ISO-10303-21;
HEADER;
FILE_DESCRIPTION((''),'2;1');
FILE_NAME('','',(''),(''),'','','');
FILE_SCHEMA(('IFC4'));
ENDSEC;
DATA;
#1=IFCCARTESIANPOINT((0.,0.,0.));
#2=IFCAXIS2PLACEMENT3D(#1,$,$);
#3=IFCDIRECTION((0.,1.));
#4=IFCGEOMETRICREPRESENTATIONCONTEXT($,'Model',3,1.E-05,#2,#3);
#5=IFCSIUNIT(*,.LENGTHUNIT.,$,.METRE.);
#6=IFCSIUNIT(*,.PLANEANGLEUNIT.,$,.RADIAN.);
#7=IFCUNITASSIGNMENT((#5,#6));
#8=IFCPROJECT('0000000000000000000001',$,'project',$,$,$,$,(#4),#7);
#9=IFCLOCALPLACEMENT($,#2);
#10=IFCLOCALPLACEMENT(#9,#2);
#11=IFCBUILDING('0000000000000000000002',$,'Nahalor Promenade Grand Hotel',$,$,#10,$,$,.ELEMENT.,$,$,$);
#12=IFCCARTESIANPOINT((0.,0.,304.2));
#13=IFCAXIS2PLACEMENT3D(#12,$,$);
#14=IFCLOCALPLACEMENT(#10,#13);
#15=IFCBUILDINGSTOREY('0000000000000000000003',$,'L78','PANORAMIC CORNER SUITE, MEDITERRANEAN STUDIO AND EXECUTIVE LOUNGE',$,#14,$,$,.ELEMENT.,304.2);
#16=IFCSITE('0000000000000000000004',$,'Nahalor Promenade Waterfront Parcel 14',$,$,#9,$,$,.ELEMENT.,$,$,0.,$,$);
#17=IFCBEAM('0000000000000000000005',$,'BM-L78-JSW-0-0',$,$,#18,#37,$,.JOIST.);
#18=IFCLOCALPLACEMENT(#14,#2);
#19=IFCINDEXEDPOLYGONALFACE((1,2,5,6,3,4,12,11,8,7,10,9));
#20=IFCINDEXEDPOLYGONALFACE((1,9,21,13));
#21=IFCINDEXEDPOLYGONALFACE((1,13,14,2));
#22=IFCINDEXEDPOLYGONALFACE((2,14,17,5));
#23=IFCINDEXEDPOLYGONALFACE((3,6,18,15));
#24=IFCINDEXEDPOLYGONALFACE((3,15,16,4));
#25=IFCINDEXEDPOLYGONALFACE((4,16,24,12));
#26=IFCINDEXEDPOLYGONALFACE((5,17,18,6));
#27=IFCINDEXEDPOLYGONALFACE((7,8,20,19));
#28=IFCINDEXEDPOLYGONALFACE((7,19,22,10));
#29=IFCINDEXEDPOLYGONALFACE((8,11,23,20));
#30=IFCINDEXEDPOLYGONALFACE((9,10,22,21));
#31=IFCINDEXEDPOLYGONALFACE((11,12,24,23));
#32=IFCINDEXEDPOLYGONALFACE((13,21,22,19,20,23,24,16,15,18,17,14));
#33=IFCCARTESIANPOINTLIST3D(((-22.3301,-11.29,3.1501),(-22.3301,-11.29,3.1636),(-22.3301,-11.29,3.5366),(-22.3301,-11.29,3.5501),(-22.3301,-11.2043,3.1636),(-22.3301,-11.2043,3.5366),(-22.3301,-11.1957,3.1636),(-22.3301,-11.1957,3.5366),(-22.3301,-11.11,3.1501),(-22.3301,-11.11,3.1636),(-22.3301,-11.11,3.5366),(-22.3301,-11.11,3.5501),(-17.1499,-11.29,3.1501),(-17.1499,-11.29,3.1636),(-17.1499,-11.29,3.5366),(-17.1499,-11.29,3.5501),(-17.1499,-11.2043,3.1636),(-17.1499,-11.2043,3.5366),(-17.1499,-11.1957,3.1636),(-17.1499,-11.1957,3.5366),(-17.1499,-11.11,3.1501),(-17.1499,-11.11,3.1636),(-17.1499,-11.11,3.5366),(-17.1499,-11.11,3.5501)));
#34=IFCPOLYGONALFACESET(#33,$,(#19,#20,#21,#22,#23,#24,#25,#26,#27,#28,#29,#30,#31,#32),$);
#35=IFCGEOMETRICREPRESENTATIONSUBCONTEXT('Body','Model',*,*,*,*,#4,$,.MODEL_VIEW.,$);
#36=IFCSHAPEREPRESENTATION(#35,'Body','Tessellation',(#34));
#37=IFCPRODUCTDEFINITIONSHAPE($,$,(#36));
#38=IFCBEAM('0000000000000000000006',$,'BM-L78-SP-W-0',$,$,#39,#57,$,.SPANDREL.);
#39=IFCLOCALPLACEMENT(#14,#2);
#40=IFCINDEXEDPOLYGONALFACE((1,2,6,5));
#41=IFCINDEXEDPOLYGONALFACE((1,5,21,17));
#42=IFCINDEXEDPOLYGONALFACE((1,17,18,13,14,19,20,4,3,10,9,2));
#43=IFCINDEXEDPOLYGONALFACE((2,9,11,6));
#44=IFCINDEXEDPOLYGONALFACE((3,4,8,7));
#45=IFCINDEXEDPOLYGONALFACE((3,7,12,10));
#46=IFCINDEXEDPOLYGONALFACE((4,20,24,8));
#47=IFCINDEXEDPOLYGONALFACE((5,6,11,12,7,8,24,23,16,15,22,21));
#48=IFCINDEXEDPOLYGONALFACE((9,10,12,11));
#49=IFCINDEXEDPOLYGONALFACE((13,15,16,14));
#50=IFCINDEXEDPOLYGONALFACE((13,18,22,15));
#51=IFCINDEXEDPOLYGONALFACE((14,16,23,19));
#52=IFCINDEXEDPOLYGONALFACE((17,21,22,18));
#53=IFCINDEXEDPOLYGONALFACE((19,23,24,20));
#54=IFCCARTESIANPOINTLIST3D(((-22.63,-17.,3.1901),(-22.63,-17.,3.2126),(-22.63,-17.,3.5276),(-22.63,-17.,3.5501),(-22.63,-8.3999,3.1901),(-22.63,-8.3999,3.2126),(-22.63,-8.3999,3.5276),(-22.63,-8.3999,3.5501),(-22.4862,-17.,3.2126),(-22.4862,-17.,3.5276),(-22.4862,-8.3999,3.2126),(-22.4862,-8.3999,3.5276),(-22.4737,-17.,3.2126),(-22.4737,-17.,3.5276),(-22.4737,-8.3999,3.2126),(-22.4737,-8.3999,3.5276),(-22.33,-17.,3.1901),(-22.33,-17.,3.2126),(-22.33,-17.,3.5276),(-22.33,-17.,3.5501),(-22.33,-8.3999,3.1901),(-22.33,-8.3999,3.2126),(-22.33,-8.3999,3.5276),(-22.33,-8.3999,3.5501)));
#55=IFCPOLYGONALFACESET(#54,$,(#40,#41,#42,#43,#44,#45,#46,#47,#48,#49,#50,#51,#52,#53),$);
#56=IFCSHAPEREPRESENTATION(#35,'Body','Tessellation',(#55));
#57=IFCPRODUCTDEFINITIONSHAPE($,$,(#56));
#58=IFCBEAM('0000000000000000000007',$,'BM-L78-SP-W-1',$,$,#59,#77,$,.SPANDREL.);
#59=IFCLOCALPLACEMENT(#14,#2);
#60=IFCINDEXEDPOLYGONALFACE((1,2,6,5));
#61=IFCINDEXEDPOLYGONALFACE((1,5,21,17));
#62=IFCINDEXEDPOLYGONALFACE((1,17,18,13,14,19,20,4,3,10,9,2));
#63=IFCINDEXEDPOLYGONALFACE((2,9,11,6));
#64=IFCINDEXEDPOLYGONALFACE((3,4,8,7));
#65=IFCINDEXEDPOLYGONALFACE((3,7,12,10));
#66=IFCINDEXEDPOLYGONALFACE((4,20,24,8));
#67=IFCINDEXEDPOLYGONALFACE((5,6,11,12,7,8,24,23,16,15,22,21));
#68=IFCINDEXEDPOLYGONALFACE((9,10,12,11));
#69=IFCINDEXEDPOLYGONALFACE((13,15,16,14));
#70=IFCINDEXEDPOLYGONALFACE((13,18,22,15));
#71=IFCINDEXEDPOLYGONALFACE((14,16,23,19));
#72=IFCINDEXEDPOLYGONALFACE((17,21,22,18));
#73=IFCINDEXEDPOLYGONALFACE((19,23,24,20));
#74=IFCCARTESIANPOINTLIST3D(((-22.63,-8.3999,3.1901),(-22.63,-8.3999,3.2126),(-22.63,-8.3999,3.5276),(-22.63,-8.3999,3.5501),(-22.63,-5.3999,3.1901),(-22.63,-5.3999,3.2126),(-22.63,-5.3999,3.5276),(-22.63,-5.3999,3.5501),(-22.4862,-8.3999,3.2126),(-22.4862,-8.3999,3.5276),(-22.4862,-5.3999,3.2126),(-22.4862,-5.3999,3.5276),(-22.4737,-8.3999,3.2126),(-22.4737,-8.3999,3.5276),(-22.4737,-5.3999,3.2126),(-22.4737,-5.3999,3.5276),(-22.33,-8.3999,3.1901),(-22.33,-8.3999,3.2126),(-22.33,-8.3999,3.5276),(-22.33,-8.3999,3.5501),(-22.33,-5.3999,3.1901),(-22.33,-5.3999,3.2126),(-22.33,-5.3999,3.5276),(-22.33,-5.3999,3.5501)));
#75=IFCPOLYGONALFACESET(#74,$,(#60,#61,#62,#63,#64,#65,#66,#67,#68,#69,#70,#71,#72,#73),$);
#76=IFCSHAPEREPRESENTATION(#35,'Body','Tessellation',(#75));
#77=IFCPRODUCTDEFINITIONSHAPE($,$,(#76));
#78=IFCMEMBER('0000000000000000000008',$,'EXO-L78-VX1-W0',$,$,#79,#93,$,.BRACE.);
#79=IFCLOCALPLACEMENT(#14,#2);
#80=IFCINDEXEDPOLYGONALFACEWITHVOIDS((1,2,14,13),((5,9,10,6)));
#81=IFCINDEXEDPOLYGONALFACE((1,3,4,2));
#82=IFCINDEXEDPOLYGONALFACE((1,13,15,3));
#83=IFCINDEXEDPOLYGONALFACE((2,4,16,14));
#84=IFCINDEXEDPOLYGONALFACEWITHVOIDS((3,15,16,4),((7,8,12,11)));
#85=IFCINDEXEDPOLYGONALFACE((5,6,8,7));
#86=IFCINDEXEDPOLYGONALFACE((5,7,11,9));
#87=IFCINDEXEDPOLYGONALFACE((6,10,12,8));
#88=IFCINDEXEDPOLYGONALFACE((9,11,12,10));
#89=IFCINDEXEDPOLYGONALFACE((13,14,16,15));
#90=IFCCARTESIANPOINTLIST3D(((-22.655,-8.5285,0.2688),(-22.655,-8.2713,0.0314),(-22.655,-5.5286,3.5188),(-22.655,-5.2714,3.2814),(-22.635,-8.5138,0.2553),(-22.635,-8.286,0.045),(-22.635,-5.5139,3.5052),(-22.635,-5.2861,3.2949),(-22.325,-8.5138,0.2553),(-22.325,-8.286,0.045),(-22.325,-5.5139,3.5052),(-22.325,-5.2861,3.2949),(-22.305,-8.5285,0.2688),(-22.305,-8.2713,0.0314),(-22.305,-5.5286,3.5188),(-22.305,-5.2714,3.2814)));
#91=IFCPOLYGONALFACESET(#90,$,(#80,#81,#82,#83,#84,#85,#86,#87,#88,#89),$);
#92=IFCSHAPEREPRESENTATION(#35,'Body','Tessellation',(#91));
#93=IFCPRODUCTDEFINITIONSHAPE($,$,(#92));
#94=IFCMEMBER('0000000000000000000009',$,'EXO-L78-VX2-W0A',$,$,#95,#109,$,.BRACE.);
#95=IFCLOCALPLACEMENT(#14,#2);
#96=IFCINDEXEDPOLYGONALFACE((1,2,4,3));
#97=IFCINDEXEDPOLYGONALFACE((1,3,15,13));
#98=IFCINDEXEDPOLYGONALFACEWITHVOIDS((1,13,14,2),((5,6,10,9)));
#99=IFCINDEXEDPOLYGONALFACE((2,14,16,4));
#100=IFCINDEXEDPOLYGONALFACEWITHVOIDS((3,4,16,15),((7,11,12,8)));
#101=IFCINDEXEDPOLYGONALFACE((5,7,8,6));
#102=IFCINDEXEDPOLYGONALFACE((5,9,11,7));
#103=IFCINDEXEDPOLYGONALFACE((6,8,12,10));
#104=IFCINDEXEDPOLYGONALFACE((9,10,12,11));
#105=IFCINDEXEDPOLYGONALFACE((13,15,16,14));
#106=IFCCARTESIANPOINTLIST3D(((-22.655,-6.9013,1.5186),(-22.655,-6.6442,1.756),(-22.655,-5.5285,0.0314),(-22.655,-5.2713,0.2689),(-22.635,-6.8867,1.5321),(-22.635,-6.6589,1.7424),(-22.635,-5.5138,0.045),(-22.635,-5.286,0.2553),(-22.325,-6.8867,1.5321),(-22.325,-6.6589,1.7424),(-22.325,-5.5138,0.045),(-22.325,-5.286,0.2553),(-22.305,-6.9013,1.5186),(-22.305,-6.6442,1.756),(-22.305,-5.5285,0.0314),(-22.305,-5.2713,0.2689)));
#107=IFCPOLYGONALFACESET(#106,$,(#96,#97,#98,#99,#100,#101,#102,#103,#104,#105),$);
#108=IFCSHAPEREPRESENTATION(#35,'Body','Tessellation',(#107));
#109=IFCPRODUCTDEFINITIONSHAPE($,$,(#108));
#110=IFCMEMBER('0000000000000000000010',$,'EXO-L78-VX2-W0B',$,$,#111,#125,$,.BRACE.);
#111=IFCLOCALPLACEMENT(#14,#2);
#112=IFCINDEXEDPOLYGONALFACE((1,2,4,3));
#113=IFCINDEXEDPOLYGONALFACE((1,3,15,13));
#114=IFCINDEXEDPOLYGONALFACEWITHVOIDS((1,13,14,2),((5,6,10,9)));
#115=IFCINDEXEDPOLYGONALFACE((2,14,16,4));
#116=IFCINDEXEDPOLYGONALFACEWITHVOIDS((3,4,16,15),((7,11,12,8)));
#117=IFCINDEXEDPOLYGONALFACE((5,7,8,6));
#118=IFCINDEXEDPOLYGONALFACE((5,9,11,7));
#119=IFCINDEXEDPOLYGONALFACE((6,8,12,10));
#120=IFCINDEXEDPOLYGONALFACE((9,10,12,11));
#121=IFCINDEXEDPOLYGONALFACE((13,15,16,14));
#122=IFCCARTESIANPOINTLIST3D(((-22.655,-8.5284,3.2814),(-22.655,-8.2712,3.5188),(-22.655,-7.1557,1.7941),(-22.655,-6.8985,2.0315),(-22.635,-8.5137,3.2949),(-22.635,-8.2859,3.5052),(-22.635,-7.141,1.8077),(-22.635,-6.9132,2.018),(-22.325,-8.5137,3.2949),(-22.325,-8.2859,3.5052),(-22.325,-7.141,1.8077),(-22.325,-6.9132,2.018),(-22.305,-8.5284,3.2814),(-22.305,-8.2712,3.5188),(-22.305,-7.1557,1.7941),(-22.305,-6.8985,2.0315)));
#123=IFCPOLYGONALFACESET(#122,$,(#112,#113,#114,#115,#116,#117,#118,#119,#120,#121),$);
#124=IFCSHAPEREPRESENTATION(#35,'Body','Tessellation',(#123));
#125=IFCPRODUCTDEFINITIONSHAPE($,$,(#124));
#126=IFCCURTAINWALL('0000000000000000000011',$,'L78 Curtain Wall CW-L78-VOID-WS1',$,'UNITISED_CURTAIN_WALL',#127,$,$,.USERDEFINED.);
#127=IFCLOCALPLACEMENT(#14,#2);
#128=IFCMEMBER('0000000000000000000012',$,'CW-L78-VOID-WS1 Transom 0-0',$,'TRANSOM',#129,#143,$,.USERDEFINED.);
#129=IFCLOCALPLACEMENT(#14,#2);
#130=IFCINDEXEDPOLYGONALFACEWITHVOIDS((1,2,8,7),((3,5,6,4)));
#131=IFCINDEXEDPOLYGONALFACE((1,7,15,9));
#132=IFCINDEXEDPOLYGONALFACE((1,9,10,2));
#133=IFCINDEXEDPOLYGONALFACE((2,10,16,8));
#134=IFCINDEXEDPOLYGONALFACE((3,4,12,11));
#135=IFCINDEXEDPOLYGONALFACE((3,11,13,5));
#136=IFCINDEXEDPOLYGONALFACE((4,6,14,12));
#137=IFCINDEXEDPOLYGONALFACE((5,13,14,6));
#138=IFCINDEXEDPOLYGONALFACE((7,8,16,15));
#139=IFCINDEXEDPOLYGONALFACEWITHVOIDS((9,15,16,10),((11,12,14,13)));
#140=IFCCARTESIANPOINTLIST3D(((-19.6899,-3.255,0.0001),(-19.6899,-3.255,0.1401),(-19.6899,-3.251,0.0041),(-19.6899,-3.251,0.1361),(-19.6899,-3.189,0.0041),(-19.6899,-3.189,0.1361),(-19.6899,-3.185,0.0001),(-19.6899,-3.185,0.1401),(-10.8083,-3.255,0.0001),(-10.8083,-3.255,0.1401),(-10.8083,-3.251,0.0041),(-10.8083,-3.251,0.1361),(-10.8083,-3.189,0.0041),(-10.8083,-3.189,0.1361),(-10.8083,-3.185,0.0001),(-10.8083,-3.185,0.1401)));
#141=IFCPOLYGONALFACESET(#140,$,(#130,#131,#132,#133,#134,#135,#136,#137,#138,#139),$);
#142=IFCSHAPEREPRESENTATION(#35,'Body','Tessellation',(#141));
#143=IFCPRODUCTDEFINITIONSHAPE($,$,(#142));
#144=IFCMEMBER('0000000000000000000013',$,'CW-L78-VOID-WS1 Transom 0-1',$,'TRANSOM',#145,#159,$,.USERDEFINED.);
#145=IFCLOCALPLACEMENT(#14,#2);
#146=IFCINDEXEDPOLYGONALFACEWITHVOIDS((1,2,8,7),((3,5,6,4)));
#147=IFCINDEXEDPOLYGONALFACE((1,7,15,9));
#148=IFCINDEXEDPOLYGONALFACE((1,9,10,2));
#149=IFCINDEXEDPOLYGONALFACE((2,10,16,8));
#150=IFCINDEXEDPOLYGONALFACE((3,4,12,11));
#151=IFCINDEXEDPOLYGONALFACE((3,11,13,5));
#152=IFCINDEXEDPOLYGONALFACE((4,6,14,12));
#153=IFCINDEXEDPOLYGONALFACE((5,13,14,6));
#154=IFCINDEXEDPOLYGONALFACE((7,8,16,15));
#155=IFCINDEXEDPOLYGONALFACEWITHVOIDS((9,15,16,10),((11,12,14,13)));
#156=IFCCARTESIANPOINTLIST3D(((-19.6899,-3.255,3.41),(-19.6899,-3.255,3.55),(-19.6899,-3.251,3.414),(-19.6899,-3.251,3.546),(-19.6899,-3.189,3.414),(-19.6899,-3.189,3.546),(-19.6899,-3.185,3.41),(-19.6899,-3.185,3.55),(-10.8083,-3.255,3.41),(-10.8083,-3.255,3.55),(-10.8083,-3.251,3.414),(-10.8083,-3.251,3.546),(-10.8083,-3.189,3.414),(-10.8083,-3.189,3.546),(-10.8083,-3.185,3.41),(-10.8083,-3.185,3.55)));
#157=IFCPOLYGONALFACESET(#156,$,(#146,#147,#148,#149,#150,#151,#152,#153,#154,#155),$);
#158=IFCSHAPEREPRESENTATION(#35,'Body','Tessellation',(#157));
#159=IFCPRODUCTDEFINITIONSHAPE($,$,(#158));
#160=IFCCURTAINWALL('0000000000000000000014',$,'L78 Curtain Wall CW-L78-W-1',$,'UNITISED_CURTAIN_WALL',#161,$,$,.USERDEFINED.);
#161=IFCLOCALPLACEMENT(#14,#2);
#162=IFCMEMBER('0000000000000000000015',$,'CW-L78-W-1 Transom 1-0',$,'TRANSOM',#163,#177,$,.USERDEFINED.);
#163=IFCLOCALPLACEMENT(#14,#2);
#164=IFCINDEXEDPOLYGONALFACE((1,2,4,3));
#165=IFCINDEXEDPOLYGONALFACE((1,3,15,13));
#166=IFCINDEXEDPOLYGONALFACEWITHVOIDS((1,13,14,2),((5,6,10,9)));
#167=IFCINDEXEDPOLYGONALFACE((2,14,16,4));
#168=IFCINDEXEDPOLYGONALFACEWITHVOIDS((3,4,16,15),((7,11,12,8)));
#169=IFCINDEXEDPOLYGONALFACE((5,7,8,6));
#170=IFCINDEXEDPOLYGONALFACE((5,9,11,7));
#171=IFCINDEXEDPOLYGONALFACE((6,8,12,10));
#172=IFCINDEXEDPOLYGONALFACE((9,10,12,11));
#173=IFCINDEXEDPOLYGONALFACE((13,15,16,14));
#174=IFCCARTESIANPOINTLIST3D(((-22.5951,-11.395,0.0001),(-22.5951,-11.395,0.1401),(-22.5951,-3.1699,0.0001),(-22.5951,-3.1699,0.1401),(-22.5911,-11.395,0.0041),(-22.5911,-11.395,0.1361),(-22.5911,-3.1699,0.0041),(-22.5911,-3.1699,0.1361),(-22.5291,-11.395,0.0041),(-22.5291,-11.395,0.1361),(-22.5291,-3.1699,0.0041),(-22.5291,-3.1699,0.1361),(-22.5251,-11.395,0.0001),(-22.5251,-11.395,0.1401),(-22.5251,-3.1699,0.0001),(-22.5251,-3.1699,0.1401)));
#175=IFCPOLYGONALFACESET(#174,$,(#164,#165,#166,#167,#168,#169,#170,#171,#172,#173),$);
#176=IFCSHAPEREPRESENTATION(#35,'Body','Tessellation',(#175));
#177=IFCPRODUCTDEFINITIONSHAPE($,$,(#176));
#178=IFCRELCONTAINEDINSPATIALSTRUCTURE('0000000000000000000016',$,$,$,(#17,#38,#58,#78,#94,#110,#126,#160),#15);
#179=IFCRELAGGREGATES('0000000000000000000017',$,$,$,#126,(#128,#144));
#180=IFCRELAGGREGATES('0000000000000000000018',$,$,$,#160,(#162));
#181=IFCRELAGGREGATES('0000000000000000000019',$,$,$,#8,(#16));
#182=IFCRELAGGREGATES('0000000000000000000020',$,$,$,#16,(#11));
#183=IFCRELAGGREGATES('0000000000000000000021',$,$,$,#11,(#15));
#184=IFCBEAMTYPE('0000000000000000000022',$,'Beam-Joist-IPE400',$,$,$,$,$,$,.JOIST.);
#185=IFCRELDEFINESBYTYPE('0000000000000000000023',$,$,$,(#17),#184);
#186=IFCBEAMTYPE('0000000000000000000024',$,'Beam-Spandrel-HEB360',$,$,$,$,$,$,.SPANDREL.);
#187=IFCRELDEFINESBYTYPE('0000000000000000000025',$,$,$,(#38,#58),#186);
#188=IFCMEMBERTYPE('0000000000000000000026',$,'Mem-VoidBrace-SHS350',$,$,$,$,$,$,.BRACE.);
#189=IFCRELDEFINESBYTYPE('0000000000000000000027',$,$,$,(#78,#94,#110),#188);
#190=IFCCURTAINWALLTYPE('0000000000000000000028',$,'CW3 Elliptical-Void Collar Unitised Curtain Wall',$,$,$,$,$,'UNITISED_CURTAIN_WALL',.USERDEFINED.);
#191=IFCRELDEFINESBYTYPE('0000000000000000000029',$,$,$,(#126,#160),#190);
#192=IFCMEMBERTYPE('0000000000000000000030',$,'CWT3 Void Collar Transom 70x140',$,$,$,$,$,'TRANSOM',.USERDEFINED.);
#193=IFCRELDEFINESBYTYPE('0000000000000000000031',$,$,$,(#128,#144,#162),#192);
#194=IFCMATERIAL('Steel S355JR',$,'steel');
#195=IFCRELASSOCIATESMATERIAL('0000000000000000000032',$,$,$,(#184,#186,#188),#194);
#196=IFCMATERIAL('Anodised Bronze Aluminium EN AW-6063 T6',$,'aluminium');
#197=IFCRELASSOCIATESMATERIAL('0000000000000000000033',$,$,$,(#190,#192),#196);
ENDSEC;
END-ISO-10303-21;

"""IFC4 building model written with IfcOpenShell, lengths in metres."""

from ifc_helpers import new_model, si_unit, direction, frame, origin, origin_2d, place, context, subcontext, project, spatial, hollow_rectangle, i_section, extrude, source, transform, mapped, material, material_profile, profile_set, type_object, element, aggregate, save


model = new_model("IFC4")

# Units and contexts
model_context = context("Model", 3, precision=1e-05, world=origin(), true_north=direction((0.0, 1.0)))
body_context = subcontext(model_context, "Body", "Model", "MODEL_VIEW")
ifc_project = project(units=[si_unit("LENGTHUNIT", "METRE"), si_unit("PLANEANGLEUNIT", "RADIAN")], contexts=[model_context])

# Site, building, storey
site_placement = place(None, origin())
site = spatial("IfcSite", under=ifc_project, at=site_placement, Name="Nahalor Promenade Waterfront Parcel 14", CompositionType="ELEMENT", RefElevation=0.0)
building_placement = place(site_placement, origin())
building = spatial("IfcBuilding", under=site, at=building_placement, Name="Nahalor Promenade Grand Hotel", CompositionType="ELEMENT")
storey_placement = place(building_placement, frame((0.0, 0.0, 304.2)))
storey = spatial("IfcBuildingStorey", under=building, at=storey_placement, Name="L78", Description="PANORAMIC CORNER SUITE, MEDITERRANEAN STUDIO AND EXECUTIVE LOUNGE", CompositionType="ELEMENT", Elevation=304.2)

# Shared definitions
ifc_material_1 = material(Name="Steel S355JR", Category="steel")

# Beams
ifc_material_profile_1 = material_profile(ifc_material_1, i_section(OverallWidth=0.18, OverallDepth=0.4, WebThickness=0.0086, FlangeThickness=0.0135, at=origin_2d()), Name="IPE 400")
ifc_profile_set_1 = profile_set([ifc_material_profile_1], Name="Steel S355JR")
beam_type_1 = type_object("IfcBeamType", Name="Beam-Joist-IPE400", PredefinedType="JOIST", material=ifc_profile_set_1)
shared_shape_1 = source(origin(), body_context, "Body", "SweptSolid", [
    extrude(i_section(OverallWidth=0.18, OverallDepth=0.4, WebThickness=0.0086, FlangeThickness=0.0135, at=origin_2d()), origin(), (0.0, 0.0, 1.0), 5.1802),
])
beam_1_placement = place(storey_placement, frame((-22.3301, -11.2, 3.3501), z_axis=(1.0, 0.0, 0.0), x_axis=(0.0, 1.0, 0.0)))
element("IfcBeam", 1, at=beam_1_placement, inside=storey, type_object=beam_type_1, Name="BM-L78-JSW-0-0", PredefinedType="JOIST", context=body_context, shape_type="MappedRepresentation", body=[
    mapped(shared_shape_1, transform((0.0, 0.0, 0.0), scale=1.0)),
])
ifc_material_profile_2 = material_profile(ifc_material_1, i_section(OverallWidth=0.3, OverallDepth=0.36, WebThickness=0.0125, FlangeThickness=0.0225, at=origin_2d()), Name="HEB 360")
ifc_profile_set_2 = profile_set([ifc_material_profile_2], Name="Steel S355JR")
beam_type_2 = type_object("IfcBeamType", Name="Beam-Spandrel-HEB360", PredefinedType="SPANDREL", material=ifc_profile_set_2)
shared_shape_2 = source(origin(), body_context, "Body", "SweptSolid", [
    extrude(i_section(OverallWidth=0.3, OverallDepth=0.36, WebThickness=0.0125, FlangeThickness=0.0225, at=origin_2d()), origin(), (0.0, 0.0, 1.0), 8.6001),
])
beam_2_placement = place(storey_placement, frame((-22.48, -17.0, 3.3701), z_axis=(0.0, 1.0, 0.0), x_axis=(-1.0, 0.0, 0.0)))
element("IfcBeam", 2, at=beam_2_placement, inside=storey, type_object=beam_type_2, Name="BM-L78-SP-W-0", PredefinedType="SPANDREL", context=body_context, shape_type="MappedRepresentation", body=[
    mapped(shared_shape_2, transform((0.0, 0.0, 0.0), scale=1.0)),
])
shared_shape_3 = source(origin(), body_context, "Body", "SweptSolid", [
    extrude(i_section(OverallWidth=0.3, OverallDepth=0.36, WebThickness=0.0125, FlangeThickness=0.0225, at=origin_2d()), origin(), (0.0, 0.0, 1.0), 3.0),
])
beam_3_placement = place(storey_placement, frame((-22.48, -8.3999, 3.3701), z_axis=(0.0, 1.0, 0.0), x_axis=(-1.0, 0.0, 0.0)))
element("IfcBeam", 3, at=beam_3_placement, inside=storey, type_object=beam_type_2, Name="BM-L78-SP-W-1", PredefinedType="SPANDREL", context=body_context, shape_type="MappedRepresentation", body=[
    mapped(shared_shape_3, transform((0.0, 0.0, 0.0), scale=1.0)),
])

# Members
ifc_material_profile_3 = material_profile(ifc_material_1, hollow_rectangle(XDim=0.35, YDim=0.35, WallThickness=0.02, at=origin_2d()), Name="SHS 350x350x20")
ifc_profile_set_3 = profile_set([ifc_material_profile_3], Name="Steel S355JR")
member_type_1 = type_object("IfcMemberType", Name="Mem-VoidBrace-SHS350", PredefinedType="BRACE", material=ifc_profile_set_3)
shared_shape_4 = source(origin(), body_context, "Body", "SweptSolid", [
    extrude(hollow_rectangle(XDim=0.35, YDim=0.35, WallThickness=0.02, at=origin_2d()), origin(), (0.0, 0.0, 1.0), 4.4229),
])
member_1_placement = place(storey_placement, frame((-22.48, -8.3999, 0.1501), z_axis=(0.0, 0.67828, 0.734803), x_axis=(-1.0, 0.0, 0.0)))
element("IfcMember", 4, at=member_1_placement, inside=storey, type_object=member_type_1, Name="EXO-L78-VX1-W0", PredefinedType="BRACE", context=body_context, shape_type="MappedRepresentation", body=[
    mapped(shared_shape_4, transform((0.0, 0.0, 0.0), scale=1.0)),
])
shared_shape_5 = source(origin(), body_context, "Body", "SweptSolid", [
    extrude(hollow_rectangle(XDim=0.35, YDim=0.35, WallThickness=0.02, at=origin_2d()), origin(), (0.0, 0.0, 1.0), 2.0239),
])
for number, where, z_axis, x_axis, name in (
    (5, (-22.48, -5.3999, 0.1501), (0.0, -0.678315, 0.734771), (1.0, 0.0, 0.0), "EXO-L78-VX2-W0A"),
    (6, (-22.48, -7.0271, 1.9128), (0.0, -0.678255, 0.734827), (1.0, 0.0, 0.0), "EXO-L78-VX2-W0B"),
):
    element("IfcMember", number, at=place(storey_placement, frame(where, z_axis=z_axis, x_axis=x_axis)), inside=storey, type_object=member_type_1, Name=name, PredefinedType="BRACE", context=body_context, shape_type="MappedRepresentation", body=[
        mapped(shared_shape_5, transform((0.0, 0.0, 0.0), scale=1.0)),
    ])

# Curtain walls, members
ifc_material_2 = material(Name="Anodised Bronze Aluminium EN AW-6063 T6", Category="aluminium")
curtain_wall_type = type_object("IfcCurtainWallType", Name="CW3 Elliptical-Void Collar Unitised Curtain Wall", ElementType="UNITISED_CURTAIN_WALL", PredefinedType="USERDEFINED", material=ifc_material_2)
curtain_wall_1_placement = place(storey_placement, origin())
curtain_wall_1 = element("IfcCurtainWall", 7, at=curtain_wall_1_placement, inside=storey, type_object=curtain_wall_type, Name="L78 Curtain Wall CW-L78-VOID-WS1", ObjectType="UNITISED_CURTAIN_WALL", PredefinedType="USERDEFINED")
ifc_material_profile_4 = material_profile(ifc_material_2, hollow_rectangle(XDim=0.07, YDim=0.14, WallThickness=0.004, at=origin_2d()), Name="CWT 70x140x4")
ifc_profile_set_4 = profile_set([ifc_material_profile_4], Name="Anodised Bronze Aluminium EN AW-6063 T6")
member_type_2 = type_object("IfcMemberType", Name="CWT3 Void Collar Transom 70x140", ElementType="TRANSOM", PredefinedType="USERDEFINED", material=ifc_profile_set_4)
shared_shape_6 = source(origin(), body_context, "Body", "SweptSolid", [
    extrude(hollow_rectangle(XDim=0.07, YDim=0.14, WallThickness=0.004, at=origin_2d()), origin(), (0.0, 0.0, 1.0), 8.8816),
])
member_2_placement = place(storey_placement, frame((-19.6899, -3.22, 0.0701), z_axis=(1.0, 0.0, 0.0), x_axis=(0.0, 1.0, 0.0)))
member_2 = element("IfcMember", 8, at=member_2_placement, type_object=member_type_2, Name="CW-L78-VOID-WS1 Transom 0-0", ObjectType="TRANSOM", PredefinedType="USERDEFINED", context=body_context, shape_type="MappedRepresentation", body=[
    mapped(shared_shape_6, transform((0.0, 0.0, 0.0), scale=1.0)),
])
member_3_placement = place(storey_placement, frame((-19.6899, -3.22, 3.48), z_axis=(1.0, 0.0, 0.0), x_axis=(0.0, 1.0, 0.0)))
member_3 = element("IfcMember", 9, at=member_3_placement, type_object=member_type_2, Name="CW-L78-VOID-WS1 Transom 0-1", ObjectType="TRANSOM", PredefinedType="USERDEFINED", context=body_context, shape_type="MappedRepresentation", body=[
    mapped(shared_shape_6, transform((0.0, 0.0, 0.0), scale=1.0)),
])
curtain_wall_2_placement = place(storey_placement, origin())
curtain_wall_2 = element("IfcCurtainWall", 10, at=curtain_wall_2_placement, inside=storey, type_object=curtain_wall_type, Name="L78 Curtain Wall CW-L78-W-1", ObjectType="UNITISED_CURTAIN_WALL", PredefinedType="USERDEFINED")
shared_shape_7 = source(origin(), body_context, "Body", "SweptSolid", [
    extrude(hollow_rectangle(XDim=0.07, YDim=0.14, WallThickness=0.004, at=origin_2d()), origin(), (0.0, 0.0, 1.0), 8.2251),
])
member_4_placement = place(storey_placement, frame((-22.5601, -11.395, 0.0701), z_axis=(0.0, 1.0, 0.0), x_axis=(-1.0, 0.0, 0.0)))
member_4 = element("IfcMember", 11, at=member_4_placement, type_object=member_type_2, Name="CW-L78-W-1 Transom 1-0", ObjectType="TRANSOM", PredefinedType="USERDEFINED", context=body_context, shape_type="MappedRepresentation", body=[
    mapped(shared_shape_7, transform((0.0, 0.0, 0.0), scale=1.0)),
])

aggregate(curtain_wall_1, [member_2, member_3])
aggregate(curtain_wall_2, [member_4])

save(model, "model.ifc")
